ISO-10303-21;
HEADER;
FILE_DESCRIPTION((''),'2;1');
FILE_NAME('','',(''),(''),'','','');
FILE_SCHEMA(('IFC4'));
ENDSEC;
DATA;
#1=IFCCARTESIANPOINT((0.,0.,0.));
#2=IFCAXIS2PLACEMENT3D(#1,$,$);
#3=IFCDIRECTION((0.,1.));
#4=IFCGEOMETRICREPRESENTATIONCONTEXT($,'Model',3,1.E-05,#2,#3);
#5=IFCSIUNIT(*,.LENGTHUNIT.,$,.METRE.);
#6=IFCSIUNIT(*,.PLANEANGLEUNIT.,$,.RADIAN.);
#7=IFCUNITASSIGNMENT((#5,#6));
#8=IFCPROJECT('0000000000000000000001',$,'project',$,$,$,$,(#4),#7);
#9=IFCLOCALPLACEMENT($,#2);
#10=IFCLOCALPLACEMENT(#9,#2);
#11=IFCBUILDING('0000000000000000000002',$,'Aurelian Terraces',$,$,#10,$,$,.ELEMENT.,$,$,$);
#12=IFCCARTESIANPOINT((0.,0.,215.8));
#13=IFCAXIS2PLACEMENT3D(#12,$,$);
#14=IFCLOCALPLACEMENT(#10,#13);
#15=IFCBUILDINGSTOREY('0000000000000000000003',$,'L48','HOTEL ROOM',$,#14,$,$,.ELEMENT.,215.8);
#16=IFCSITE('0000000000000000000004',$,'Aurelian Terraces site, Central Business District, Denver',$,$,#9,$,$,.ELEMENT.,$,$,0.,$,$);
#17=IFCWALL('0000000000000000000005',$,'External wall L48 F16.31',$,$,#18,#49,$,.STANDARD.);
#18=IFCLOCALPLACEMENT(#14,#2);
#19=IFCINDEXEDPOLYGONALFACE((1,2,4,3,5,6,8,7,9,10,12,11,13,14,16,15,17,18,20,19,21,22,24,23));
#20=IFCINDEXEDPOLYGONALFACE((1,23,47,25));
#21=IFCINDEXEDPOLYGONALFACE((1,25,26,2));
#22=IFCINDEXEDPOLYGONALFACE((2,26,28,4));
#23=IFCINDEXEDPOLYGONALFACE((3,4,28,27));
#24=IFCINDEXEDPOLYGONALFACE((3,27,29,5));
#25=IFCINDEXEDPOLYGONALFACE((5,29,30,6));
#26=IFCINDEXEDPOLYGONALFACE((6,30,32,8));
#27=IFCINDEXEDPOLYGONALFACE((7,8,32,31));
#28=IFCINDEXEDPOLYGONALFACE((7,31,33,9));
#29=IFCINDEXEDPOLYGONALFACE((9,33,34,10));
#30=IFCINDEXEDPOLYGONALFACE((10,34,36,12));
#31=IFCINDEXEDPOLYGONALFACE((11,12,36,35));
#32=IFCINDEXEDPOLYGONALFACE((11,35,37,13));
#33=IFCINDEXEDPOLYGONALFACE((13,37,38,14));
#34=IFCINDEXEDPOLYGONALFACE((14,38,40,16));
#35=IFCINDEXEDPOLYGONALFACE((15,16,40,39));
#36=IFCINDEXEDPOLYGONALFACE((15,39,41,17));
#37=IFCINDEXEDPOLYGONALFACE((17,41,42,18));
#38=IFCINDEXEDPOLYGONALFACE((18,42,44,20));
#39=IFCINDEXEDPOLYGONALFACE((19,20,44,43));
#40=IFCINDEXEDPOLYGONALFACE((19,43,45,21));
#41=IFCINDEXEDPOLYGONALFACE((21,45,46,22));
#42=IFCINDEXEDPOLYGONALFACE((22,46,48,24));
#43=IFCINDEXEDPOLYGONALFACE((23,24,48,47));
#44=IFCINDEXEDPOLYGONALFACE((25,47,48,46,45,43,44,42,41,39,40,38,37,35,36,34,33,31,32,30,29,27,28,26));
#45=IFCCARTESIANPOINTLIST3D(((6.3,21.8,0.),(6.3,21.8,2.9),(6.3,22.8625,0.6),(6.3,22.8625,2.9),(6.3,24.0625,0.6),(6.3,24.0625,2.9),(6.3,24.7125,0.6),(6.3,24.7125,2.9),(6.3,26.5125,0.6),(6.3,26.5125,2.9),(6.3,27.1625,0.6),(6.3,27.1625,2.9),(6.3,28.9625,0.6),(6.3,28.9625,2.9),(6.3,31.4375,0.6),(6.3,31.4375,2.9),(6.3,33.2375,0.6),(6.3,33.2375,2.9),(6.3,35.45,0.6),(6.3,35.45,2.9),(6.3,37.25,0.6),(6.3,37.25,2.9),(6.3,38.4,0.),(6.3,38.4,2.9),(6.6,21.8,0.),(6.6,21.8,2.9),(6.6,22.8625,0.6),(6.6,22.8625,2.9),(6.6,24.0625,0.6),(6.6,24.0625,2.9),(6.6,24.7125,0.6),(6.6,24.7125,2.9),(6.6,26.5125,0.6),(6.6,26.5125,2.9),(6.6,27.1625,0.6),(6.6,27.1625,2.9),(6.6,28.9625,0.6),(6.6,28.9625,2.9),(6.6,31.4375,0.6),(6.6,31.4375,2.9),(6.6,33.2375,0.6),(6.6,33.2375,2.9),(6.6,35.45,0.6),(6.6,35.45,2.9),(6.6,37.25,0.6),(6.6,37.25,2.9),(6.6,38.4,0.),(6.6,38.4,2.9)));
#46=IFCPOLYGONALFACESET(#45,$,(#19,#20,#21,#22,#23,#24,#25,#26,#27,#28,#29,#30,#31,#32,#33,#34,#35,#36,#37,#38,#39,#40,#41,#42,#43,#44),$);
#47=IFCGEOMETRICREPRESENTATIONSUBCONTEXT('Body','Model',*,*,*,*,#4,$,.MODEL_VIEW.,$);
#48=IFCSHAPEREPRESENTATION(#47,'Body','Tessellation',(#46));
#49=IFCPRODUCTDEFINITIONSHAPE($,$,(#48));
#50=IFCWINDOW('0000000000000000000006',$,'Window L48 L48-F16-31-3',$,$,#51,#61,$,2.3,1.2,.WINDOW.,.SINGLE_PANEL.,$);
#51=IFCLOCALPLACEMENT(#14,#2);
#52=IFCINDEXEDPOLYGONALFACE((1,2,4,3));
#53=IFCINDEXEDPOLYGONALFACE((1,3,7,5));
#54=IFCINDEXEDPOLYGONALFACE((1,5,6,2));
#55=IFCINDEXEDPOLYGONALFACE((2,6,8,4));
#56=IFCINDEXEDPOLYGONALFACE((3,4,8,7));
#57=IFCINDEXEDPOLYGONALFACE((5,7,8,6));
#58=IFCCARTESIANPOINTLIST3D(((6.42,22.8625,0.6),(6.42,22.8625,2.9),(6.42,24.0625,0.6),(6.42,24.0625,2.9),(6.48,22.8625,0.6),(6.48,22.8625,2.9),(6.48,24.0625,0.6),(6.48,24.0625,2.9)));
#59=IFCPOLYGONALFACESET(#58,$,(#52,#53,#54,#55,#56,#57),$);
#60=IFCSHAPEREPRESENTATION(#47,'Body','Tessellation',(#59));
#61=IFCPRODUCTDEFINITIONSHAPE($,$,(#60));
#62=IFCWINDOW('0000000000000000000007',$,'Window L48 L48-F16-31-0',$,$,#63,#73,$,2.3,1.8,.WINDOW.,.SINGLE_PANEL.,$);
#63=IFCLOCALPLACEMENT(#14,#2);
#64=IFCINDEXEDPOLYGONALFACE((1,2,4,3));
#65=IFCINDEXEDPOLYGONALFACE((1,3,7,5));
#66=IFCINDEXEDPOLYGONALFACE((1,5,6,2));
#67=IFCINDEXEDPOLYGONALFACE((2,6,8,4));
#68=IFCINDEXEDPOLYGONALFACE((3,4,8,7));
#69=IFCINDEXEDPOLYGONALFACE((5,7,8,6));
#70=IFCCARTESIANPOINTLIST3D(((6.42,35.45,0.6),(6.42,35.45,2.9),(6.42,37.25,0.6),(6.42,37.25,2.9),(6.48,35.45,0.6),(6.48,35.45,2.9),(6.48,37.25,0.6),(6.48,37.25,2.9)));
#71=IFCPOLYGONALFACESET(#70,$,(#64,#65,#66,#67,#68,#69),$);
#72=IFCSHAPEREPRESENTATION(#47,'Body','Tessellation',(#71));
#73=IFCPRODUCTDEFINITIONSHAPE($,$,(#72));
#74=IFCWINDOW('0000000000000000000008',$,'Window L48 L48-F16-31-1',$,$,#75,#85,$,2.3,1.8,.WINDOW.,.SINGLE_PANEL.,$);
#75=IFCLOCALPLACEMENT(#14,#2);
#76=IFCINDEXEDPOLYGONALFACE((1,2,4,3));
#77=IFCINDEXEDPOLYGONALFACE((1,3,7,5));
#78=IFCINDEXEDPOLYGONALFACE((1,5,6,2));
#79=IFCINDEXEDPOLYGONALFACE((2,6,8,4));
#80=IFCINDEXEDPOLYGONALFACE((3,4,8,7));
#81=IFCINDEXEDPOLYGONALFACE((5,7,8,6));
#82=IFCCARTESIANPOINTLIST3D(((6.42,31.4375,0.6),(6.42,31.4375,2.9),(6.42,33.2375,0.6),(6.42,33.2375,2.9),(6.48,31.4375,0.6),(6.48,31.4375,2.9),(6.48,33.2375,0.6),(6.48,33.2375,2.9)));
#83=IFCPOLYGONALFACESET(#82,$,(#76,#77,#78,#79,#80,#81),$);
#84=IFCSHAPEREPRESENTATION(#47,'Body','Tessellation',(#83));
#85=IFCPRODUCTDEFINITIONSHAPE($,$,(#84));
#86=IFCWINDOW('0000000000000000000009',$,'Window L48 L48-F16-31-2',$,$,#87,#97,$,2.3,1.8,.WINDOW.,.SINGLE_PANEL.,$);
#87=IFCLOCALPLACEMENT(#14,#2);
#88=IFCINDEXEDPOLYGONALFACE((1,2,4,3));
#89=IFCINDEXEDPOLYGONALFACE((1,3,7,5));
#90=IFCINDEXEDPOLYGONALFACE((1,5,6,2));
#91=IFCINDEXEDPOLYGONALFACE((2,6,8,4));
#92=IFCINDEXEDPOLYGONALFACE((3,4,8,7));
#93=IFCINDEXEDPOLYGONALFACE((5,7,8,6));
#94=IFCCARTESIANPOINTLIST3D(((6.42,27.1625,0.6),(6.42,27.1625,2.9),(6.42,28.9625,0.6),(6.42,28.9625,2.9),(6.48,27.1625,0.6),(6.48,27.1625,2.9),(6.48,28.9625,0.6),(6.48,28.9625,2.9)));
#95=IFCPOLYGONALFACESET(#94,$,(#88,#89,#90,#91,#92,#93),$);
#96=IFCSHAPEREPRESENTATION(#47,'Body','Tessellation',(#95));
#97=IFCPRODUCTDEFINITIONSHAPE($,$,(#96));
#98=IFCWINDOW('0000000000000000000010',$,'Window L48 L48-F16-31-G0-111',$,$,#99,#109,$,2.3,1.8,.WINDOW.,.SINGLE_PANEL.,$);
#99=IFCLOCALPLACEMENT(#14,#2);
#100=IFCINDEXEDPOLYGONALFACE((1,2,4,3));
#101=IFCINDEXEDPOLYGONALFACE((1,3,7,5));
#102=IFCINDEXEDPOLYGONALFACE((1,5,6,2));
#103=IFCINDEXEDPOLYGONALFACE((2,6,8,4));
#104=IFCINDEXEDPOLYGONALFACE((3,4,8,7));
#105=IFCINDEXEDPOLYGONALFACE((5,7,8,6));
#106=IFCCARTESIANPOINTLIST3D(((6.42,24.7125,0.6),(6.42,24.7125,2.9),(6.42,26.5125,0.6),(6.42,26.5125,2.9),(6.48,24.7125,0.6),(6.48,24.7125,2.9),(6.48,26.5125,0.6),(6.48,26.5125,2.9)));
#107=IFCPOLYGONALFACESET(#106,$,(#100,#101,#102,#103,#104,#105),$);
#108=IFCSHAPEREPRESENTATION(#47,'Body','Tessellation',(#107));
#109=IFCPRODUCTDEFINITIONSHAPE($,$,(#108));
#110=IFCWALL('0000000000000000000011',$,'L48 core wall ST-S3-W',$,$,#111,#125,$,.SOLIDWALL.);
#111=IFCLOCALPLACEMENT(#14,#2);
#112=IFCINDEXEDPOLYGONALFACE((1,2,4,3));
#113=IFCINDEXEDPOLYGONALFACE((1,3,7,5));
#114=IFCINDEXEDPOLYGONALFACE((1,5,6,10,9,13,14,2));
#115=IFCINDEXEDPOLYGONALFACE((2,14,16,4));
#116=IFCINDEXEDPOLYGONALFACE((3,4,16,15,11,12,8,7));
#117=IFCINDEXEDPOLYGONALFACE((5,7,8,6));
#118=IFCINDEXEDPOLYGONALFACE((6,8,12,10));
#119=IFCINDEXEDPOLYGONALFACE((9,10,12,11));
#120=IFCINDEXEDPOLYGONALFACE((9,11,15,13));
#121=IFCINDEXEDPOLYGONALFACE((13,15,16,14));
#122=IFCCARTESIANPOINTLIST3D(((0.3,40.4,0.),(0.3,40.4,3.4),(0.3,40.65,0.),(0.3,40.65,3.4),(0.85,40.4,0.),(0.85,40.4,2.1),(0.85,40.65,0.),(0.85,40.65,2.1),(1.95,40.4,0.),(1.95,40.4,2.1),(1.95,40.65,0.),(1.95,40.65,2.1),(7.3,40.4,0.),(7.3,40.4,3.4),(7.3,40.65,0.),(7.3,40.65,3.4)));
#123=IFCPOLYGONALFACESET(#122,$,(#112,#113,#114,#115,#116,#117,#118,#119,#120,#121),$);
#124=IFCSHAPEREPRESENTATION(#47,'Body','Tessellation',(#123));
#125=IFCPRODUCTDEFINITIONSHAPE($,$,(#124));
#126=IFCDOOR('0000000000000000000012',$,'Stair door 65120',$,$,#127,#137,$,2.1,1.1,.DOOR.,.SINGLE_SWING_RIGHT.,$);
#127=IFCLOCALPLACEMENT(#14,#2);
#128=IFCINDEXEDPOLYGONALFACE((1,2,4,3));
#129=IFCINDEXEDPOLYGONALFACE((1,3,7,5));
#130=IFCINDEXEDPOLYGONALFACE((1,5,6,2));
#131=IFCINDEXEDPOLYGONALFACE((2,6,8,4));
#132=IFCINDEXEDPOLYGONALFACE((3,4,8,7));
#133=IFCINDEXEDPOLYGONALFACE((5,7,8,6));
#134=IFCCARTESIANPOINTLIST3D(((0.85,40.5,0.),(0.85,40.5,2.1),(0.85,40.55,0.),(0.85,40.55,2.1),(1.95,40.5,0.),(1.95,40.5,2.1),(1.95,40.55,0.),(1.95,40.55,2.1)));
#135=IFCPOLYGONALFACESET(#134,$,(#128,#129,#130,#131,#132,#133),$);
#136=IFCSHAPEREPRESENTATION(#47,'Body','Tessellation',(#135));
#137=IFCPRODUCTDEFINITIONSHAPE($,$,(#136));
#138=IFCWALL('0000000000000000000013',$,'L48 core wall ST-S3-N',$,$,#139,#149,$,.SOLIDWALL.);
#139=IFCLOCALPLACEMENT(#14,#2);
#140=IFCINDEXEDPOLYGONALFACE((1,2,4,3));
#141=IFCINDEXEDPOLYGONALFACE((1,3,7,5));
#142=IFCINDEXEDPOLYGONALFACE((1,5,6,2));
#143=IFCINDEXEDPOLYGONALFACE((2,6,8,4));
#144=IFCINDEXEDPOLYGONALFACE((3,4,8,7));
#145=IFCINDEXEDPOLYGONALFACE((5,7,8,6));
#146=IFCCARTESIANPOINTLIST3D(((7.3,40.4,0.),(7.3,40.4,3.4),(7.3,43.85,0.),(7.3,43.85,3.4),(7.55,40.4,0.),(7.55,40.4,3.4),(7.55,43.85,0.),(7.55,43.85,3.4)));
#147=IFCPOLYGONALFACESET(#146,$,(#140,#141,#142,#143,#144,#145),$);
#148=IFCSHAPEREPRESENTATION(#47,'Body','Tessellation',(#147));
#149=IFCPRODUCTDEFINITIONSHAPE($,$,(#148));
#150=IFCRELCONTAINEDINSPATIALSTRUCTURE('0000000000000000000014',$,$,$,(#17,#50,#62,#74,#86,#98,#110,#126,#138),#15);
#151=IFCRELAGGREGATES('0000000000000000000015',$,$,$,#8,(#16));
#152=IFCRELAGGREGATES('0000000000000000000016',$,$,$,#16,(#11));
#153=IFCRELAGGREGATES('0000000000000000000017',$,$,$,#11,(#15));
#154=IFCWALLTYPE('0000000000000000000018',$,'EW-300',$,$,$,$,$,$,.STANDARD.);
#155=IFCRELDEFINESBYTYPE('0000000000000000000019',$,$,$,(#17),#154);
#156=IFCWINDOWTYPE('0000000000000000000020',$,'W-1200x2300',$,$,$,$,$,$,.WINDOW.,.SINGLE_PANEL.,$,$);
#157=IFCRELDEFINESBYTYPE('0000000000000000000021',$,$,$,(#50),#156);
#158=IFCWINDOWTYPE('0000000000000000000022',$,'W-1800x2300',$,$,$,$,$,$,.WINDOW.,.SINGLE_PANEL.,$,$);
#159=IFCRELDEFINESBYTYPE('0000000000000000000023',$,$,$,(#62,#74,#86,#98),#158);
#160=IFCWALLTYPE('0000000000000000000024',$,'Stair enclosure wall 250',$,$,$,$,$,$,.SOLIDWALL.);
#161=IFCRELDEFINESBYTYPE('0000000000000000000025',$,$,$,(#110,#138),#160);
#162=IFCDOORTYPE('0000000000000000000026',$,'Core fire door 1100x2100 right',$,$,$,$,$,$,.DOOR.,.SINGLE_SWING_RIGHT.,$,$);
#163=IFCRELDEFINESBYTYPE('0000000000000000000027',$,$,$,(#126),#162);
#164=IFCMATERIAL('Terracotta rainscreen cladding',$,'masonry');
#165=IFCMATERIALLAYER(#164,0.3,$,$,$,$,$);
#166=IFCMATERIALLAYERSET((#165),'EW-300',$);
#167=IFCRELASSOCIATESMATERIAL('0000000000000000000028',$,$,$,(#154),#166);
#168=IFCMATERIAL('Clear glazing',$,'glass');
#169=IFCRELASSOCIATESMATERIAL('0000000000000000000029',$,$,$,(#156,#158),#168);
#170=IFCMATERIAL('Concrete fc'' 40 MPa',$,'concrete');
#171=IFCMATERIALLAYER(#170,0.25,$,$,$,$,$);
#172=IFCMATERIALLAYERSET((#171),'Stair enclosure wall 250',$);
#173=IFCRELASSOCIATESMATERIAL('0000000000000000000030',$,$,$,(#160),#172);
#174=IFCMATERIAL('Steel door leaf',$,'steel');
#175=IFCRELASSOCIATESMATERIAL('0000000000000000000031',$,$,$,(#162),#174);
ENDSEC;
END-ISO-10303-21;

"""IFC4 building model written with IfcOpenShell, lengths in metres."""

from ifc_helpers import new_model, si_unit, direction, frame, frame_2d, origin, place, context, subcontext, project, spatial, rectangle, extrude, source, transform, mapped, material, layer, layer_set, type_object, element, fill, save


model = new_model("IFC4")

# Units and contexts
model_context = context("Model", 3, precision=1e-05, world=origin(), true_north=direction((0.0, 1.0)))
body_context = subcontext(model_context, "Body", "Model", "MODEL_VIEW")
ifc_project = project(units=[si_unit("LENGTHUNIT", "METRE"), si_unit("PLANEANGLEUNIT", "RADIAN")], contexts=[model_context])

# Site, building, storey
site_placement = place(None, origin())
site = spatial("IfcSite", under=ifc_project, at=site_placement, Name="Aurelian Terraces site, Central Business District, Denver", CompositionType="ELEMENT", RefElevation=0.0)
building_placement = place(site_placement, origin())
building = spatial("IfcBuilding", under=site, at=building_placement, Name="Aurelian Terraces", CompositionType="ELEMENT")
storey_placement = place(building_placement, frame((0.0, 0.0, 215.8)))
storey = spatial("IfcBuildingStorey", under=building, at=storey_placement, Name="L48", Description="HOTEL ROOM", CompositionType="ELEMENT", Elevation=215.8)

# Shared definitions
ifc_material_1 = material(Name="Concrete fc' 40 MPa", Category="concrete")

# Wall, openings, windows
ifc_material_2 = material(Name="Terracotta rainscreen cladding", Category="masonry")
ifc_layer_1 = layer(ifc_material_2, 0.3)
ifc_layer_set_1 = layer_set([ifc_layer_1], Name="EW-300")
wall_type_1 = type_object("IfcWallType", Name="EW-300", PredefinedType="STANDARD", material=ifc_layer_set_1)
shared_shape_1 = source(origin(), body_context, "Body", "SweptSolid", [
    extrude(rectangle(XDim=16.6, YDim=0.3, at=frame_2d((8.3, 0.0))), origin(), (0.0, 0.0, 1.0), 2.9),
])
wall_1_placement = place(storey_placement, frame((6.45, 38.4, 0.0), z_axis=(0.0, 0.0, 1.0), x_axis=(0.0, -1.0, 0.0)))
wall_1 = element("IfcWall", 1, at=wall_1_placement, inside=storey, type_object=wall_type_1, Name="External wall L48 F16.31", PredefinedType="STANDARD", context=body_context, shape_type="MappedRepresentation", body=[
    mapped(shared_shape_1, transform((0.0, 0.0, 0.0), scale=1.0)),
])
shared_shape_2 = source(origin(), body_context, "Body", "SweptSolid", [
    extrude(rectangle(XDim=1.8, YDim=2.3, at=frame_2d((0.9, 1.15))), frame((0.0, 0.16, 0.0), z_axis=(0.0, -1.0, 0.0), x_axis=(1.0, 0.0, 0.0)), (0.0, 0.0, 1.0), 0.32),
])
opening_1_placement = place(wall_1_placement, frame((1.15, 0.0, 0.6)))
opening_1 = element("IfcOpeningElement", 2, at=opening_1_placement, cuts=wall_1, PredefinedType="OPENING", context=body_context, shape_type="MappedRepresentation", body=[
    mapped(shared_shape_2, transform((0.0, 0.0, 0.0), scale=1.0)),
])
opening_2_placement = place(wall_1_placement, frame((5.1625, 0.0, 0.6)))
opening_2 = element("IfcOpeningElement", 3, at=opening_2_placement, cuts=wall_1, PredefinedType="OPENING", context=body_context, shape_type="MappedRepresentation", body=[
    mapped(shared_shape_2, transform((0.0, 0.0, 0.0), scale=1.0)),
])
opening_3_placement = place(wall_1_placement, frame((9.4375, 0.0, 0.6)))
opening_3 = element("IfcOpeningElement", 4, at=opening_3_placement, cuts=wall_1, PredefinedType="OPENING", context=body_context, shape_type="MappedRepresentation", body=[
    mapped(shared_shape_2, transform((0.0, 0.0, 0.0), scale=1.0)),
])
shared_shape_3 = source(origin(), body_context, "Body", "SweptSolid", [
    extrude(rectangle(XDim=1.2, YDim=2.3, at=frame_2d((0.6, 1.15))), frame((0.0, 0.16, 0.0), z_axis=(0.0, -1.0, 0.0), x_axis=(1.0, 0.0, 0.0)), (0.0, 0.0, 1.0), 0.32),
])
opening_4_placement = place(wall_1_placement, frame((14.3375, 0.0, 0.6)))
opening_4 = element("IfcOpeningElement", 5, at=opening_4_placement, cuts=wall_1, PredefinedType="OPENING", context=body_context, shape_type="MappedRepresentation", body=[
    mapped(shared_shape_3, transform((0.0, 0.0, 0.0), scale=1.0)),
])
opening_5_placement = place(wall_1_placement, frame((11.8875, 0.0, 0.6)))
opening_5 = element("IfcOpeningElement", 6, at=opening_5_placement, cuts=wall_1, PredefinedType="OPENING", context=body_context, shape_type="MappedRepresentation", body=[
    mapped(shared_shape_2, transform((0.0, 0.0, 0.0), scale=1.0)),
])
ifc_material_3 = material(Name="Clear glazing", Category="glass")
window_type_1 = type_object("IfcWindowType", Name="W-1200x2300", PartitioningType="SINGLE_PANEL", PredefinedType="WINDOW", material=ifc_material_3)
shared_shape_4 = source(origin(), body_context, "Body", "SweptSolid", [
    extrude(rectangle(XDim=1.2, YDim=2.3, at=frame_2d((0.6, 1.15))), frame((0.0, 0.03, 0.0), z_axis=(0.0, -1.0, 0.0), x_axis=(1.0, 0.0, 0.0)), (0.0, 0.0, 1.0), 0.06),
])
window_1_placement = place(opening_4_placement, origin())
window_1 = element("IfcWindow", 7, at=window_1_placement, inside=storey, type_object=window_type_1, Name="Window L48 L48-F16-31-3", OverallHeight=2.3, OverallWidth=1.2, PartitioningType="SINGLE_PANEL", PredefinedType="WINDOW", context=body_context, shape_type="MappedRepresentation", body=[
    mapped(shared_shape_4, transform((0.0, 0.0, 0.0), scale=1.0)),
])
fill(opening_4, window_1)
window_type_2 = type_object("IfcWindowType", Name="W-1800x2300", PartitioningType="SINGLE_PANEL", PredefinedType="WINDOW", material=ifc_material_3)
shared_shape_5 = source(origin(), body_context, "Body", "SweptSolid", [
    extrude(rectangle(XDim=1.8, YDim=2.3, at=frame_2d((0.9, 1.15))), frame((0.0, 0.03, 0.0), z_axis=(0.0, -1.0, 0.0), x_axis=(1.0, 0.0, 0.0)), (0.0, 0.0, 1.0), 0.06),
])
window_2_placement = place(opening_1_placement, origin())
window_2 = element("IfcWindow", 8, at=window_2_placement, inside=storey, type_object=window_type_2, Name="Window L48 L48-F16-31-0", OverallHeight=2.3, OverallWidth=1.8, PartitioningType="SINGLE_PANEL", PredefinedType="WINDOW", context=body_context, shape_type="MappedRepresentation", body=[
    mapped(shared_shape_5, transform((0.0, 0.0, 0.0), scale=1.0)),
])
fill(opening_1, window_2)
window_3_placement = place(opening_2_placement, origin())
window_3 = element("IfcWindow", 9, at=window_3_placement, inside=storey, type_object=window_type_2, Name="Window L48 L48-F16-31-1", OverallHeight=2.3, OverallWidth=1.8, PartitioningType="SINGLE_PANEL", PredefinedType="WINDOW", context=body_context, shape_type="MappedRepresentation", body=[
    mapped(shared_shape_5, transform((0.0, 0.0, 0.0), scale=1.0)),
])
fill(opening_2, window_3)
window_4_placement = place(opening_3_placement, origin())
window_4 = element("IfcWindow", 10, at=window_4_placement, inside=storey, type_object=window_type_2, Name="Window L48 L48-F16-31-2", OverallHeight=2.3, OverallWidth=1.8, PartitioningType="SINGLE_PANEL", PredefinedType="WINDOW", context=body_context, shape_type="MappedRepresentation", body=[
    mapped(shared_shape_5, transform((0.0, 0.0, 0.0), scale=1.0)),
])
fill(opening_3, window_4)
window_5_placement = place(opening_5_placement, origin())
window_5 = element("IfcWindow", 11, at=window_5_placement, inside=storey, type_object=window_type_2, Name="Window L48 L48-F16-31-G0-111", OverallHeight=2.3, OverallWidth=1.8, PartitioningType="SINGLE_PANEL", PredefinedType="WINDOW", context=body_context, shape_type="MappedRepresentation", body=[
    mapped(shared_shape_5, transform((0.0, 0.0, 0.0), scale=1.0)),
])
fill(opening_5, window_5)

# Wall, opening, door
ifc_layer_2 = layer(ifc_material_1, 0.25)
ifc_layer_set_2 = layer_set([ifc_layer_2], Name="Stair enclosure wall 250")
wall_type_2 = type_object("IfcWallType", Name="Stair enclosure wall 250", PredefinedType="SOLIDWALL", material=ifc_layer_set_2)
shared_shape_6 = source(origin(), body_context, "Body", "SweptSolid", [
    extrude(rectangle(XDim=7.0, YDim=0.25, at=frame_2d((3.5, 0.0))), origin(), (0.0, 0.0, 1.0), 3.4),
])
wall_2_placement = place(storey_placement, frame((0.3, 40.525, 0.0), z_axis=(0.0, 0.0, 1.0), x_axis=(1.0, 0.0, 0.0)))
wall_2 = element("IfcWall", 12, at=wall_2_placement, inside=storey, type_object=wall_type_2, Name="L48 core wall ST-S3-W", PredefinedType="SOLIDWALL", context=body_context, shape_type="MappedRepresentation", body=[
    mapped(shared_shape_6, transform((0.0, 0.0, 0.0), scale=1.0)),
])
shared_shape_7 = source(origin(), body_context, "Body", "SweptSolid", [
    extrude(rectangle(XDim=1.1, YDim=2.1, at=frame_2d((0.55, 1.05))), frame((0.0, 0.135, 0.0), z_axis=(0.0, -1.0, 0.0), x_axis=(1.0, 0.0, 0.0)), (0.0, 0.0, 1.0), 0.27),
])
opening_6_placement = place(wall_2_placement, frame((0.55, 0.0, 0.0)))
opening_6 = element("IfcOpeningElement", 13, at=opening_6_placement, cuts=wall_2, PredefinedType="OPENING", context=body_context, shape_type="MappedRepresentation", body=[
    mapped(shared_shape_7, transform((0.0, 0.0, 0.0), scale=1.0)),
])
ifc_material_4 = material(Name="Steel door leaf", Category="steel")
door_type_1 = type_object("IfcDoorType", Name="Core fire door 1100x2100 right", OperationType="SINGLE_SWING_RIGHT", PredefinedType="DOOR", material=ifc_material_4)
shared_shape_8 = source(origin(), body_context, "Body", "SweptSolid", [
    extrude(rectangle(XDim=1.1, YDim=2.1, at=frame_2d((0.55, 1.05))), frame((0.0, 0.025, 0.0), z_axis=(0.0, -1.0, 0.0), x_axis=(1.0, 0.0, 0.0)), (0.0, 0.0, 1.0), 0.05),
])
door_1_placement = place(opening_6_placement, origin())
door_1 = element("IfcDoor", 14, at=door_1_placement, inside=storey, type_object=door_type_1, Name="Stair door 65120", OperationType="SINGLE_SWING_RIGHT", OverallHeight=2.1, OverallWidth=1.1, PredefinedType="DOOR", context=body_context, shape_type="MappedRepresentation", body=[
    mapped(shared_shape_8, transform((0.0, 0.0, 0.0), scale=1.0)),
])
fill(opening_6, door_1)

# Wall
shared_shape_9 = source(origin(), body_context, "Body", "SweptSolid", [
    extrude(rectangle(XDim=3.45, YDim=0.25, at=frame_2d((1.725, 0.0))), origin(), (0.0, 0.0, 1.0), 3.4),
])
wall_3_placement = place(storey_placement, frame((7.425, 40.4, 0.0), z_axis=(0.0, 0.0, 1.0), x_axis=(0.0, 1.0, 0.0)))
element("IfcWall", 15, at=wall_3_placement, inside=storey, type_object=wall_type_2, Name="L48 core wall ST-S3-N", PredefinedType="SOLIDWALL", context=body_context, shape_type="MappedRepresentation", body=[
    mapped(shared_shape_9, transform((0.0, 0.0, 0.0), scale=1.0)),
])

save(model, "model.ifc")
